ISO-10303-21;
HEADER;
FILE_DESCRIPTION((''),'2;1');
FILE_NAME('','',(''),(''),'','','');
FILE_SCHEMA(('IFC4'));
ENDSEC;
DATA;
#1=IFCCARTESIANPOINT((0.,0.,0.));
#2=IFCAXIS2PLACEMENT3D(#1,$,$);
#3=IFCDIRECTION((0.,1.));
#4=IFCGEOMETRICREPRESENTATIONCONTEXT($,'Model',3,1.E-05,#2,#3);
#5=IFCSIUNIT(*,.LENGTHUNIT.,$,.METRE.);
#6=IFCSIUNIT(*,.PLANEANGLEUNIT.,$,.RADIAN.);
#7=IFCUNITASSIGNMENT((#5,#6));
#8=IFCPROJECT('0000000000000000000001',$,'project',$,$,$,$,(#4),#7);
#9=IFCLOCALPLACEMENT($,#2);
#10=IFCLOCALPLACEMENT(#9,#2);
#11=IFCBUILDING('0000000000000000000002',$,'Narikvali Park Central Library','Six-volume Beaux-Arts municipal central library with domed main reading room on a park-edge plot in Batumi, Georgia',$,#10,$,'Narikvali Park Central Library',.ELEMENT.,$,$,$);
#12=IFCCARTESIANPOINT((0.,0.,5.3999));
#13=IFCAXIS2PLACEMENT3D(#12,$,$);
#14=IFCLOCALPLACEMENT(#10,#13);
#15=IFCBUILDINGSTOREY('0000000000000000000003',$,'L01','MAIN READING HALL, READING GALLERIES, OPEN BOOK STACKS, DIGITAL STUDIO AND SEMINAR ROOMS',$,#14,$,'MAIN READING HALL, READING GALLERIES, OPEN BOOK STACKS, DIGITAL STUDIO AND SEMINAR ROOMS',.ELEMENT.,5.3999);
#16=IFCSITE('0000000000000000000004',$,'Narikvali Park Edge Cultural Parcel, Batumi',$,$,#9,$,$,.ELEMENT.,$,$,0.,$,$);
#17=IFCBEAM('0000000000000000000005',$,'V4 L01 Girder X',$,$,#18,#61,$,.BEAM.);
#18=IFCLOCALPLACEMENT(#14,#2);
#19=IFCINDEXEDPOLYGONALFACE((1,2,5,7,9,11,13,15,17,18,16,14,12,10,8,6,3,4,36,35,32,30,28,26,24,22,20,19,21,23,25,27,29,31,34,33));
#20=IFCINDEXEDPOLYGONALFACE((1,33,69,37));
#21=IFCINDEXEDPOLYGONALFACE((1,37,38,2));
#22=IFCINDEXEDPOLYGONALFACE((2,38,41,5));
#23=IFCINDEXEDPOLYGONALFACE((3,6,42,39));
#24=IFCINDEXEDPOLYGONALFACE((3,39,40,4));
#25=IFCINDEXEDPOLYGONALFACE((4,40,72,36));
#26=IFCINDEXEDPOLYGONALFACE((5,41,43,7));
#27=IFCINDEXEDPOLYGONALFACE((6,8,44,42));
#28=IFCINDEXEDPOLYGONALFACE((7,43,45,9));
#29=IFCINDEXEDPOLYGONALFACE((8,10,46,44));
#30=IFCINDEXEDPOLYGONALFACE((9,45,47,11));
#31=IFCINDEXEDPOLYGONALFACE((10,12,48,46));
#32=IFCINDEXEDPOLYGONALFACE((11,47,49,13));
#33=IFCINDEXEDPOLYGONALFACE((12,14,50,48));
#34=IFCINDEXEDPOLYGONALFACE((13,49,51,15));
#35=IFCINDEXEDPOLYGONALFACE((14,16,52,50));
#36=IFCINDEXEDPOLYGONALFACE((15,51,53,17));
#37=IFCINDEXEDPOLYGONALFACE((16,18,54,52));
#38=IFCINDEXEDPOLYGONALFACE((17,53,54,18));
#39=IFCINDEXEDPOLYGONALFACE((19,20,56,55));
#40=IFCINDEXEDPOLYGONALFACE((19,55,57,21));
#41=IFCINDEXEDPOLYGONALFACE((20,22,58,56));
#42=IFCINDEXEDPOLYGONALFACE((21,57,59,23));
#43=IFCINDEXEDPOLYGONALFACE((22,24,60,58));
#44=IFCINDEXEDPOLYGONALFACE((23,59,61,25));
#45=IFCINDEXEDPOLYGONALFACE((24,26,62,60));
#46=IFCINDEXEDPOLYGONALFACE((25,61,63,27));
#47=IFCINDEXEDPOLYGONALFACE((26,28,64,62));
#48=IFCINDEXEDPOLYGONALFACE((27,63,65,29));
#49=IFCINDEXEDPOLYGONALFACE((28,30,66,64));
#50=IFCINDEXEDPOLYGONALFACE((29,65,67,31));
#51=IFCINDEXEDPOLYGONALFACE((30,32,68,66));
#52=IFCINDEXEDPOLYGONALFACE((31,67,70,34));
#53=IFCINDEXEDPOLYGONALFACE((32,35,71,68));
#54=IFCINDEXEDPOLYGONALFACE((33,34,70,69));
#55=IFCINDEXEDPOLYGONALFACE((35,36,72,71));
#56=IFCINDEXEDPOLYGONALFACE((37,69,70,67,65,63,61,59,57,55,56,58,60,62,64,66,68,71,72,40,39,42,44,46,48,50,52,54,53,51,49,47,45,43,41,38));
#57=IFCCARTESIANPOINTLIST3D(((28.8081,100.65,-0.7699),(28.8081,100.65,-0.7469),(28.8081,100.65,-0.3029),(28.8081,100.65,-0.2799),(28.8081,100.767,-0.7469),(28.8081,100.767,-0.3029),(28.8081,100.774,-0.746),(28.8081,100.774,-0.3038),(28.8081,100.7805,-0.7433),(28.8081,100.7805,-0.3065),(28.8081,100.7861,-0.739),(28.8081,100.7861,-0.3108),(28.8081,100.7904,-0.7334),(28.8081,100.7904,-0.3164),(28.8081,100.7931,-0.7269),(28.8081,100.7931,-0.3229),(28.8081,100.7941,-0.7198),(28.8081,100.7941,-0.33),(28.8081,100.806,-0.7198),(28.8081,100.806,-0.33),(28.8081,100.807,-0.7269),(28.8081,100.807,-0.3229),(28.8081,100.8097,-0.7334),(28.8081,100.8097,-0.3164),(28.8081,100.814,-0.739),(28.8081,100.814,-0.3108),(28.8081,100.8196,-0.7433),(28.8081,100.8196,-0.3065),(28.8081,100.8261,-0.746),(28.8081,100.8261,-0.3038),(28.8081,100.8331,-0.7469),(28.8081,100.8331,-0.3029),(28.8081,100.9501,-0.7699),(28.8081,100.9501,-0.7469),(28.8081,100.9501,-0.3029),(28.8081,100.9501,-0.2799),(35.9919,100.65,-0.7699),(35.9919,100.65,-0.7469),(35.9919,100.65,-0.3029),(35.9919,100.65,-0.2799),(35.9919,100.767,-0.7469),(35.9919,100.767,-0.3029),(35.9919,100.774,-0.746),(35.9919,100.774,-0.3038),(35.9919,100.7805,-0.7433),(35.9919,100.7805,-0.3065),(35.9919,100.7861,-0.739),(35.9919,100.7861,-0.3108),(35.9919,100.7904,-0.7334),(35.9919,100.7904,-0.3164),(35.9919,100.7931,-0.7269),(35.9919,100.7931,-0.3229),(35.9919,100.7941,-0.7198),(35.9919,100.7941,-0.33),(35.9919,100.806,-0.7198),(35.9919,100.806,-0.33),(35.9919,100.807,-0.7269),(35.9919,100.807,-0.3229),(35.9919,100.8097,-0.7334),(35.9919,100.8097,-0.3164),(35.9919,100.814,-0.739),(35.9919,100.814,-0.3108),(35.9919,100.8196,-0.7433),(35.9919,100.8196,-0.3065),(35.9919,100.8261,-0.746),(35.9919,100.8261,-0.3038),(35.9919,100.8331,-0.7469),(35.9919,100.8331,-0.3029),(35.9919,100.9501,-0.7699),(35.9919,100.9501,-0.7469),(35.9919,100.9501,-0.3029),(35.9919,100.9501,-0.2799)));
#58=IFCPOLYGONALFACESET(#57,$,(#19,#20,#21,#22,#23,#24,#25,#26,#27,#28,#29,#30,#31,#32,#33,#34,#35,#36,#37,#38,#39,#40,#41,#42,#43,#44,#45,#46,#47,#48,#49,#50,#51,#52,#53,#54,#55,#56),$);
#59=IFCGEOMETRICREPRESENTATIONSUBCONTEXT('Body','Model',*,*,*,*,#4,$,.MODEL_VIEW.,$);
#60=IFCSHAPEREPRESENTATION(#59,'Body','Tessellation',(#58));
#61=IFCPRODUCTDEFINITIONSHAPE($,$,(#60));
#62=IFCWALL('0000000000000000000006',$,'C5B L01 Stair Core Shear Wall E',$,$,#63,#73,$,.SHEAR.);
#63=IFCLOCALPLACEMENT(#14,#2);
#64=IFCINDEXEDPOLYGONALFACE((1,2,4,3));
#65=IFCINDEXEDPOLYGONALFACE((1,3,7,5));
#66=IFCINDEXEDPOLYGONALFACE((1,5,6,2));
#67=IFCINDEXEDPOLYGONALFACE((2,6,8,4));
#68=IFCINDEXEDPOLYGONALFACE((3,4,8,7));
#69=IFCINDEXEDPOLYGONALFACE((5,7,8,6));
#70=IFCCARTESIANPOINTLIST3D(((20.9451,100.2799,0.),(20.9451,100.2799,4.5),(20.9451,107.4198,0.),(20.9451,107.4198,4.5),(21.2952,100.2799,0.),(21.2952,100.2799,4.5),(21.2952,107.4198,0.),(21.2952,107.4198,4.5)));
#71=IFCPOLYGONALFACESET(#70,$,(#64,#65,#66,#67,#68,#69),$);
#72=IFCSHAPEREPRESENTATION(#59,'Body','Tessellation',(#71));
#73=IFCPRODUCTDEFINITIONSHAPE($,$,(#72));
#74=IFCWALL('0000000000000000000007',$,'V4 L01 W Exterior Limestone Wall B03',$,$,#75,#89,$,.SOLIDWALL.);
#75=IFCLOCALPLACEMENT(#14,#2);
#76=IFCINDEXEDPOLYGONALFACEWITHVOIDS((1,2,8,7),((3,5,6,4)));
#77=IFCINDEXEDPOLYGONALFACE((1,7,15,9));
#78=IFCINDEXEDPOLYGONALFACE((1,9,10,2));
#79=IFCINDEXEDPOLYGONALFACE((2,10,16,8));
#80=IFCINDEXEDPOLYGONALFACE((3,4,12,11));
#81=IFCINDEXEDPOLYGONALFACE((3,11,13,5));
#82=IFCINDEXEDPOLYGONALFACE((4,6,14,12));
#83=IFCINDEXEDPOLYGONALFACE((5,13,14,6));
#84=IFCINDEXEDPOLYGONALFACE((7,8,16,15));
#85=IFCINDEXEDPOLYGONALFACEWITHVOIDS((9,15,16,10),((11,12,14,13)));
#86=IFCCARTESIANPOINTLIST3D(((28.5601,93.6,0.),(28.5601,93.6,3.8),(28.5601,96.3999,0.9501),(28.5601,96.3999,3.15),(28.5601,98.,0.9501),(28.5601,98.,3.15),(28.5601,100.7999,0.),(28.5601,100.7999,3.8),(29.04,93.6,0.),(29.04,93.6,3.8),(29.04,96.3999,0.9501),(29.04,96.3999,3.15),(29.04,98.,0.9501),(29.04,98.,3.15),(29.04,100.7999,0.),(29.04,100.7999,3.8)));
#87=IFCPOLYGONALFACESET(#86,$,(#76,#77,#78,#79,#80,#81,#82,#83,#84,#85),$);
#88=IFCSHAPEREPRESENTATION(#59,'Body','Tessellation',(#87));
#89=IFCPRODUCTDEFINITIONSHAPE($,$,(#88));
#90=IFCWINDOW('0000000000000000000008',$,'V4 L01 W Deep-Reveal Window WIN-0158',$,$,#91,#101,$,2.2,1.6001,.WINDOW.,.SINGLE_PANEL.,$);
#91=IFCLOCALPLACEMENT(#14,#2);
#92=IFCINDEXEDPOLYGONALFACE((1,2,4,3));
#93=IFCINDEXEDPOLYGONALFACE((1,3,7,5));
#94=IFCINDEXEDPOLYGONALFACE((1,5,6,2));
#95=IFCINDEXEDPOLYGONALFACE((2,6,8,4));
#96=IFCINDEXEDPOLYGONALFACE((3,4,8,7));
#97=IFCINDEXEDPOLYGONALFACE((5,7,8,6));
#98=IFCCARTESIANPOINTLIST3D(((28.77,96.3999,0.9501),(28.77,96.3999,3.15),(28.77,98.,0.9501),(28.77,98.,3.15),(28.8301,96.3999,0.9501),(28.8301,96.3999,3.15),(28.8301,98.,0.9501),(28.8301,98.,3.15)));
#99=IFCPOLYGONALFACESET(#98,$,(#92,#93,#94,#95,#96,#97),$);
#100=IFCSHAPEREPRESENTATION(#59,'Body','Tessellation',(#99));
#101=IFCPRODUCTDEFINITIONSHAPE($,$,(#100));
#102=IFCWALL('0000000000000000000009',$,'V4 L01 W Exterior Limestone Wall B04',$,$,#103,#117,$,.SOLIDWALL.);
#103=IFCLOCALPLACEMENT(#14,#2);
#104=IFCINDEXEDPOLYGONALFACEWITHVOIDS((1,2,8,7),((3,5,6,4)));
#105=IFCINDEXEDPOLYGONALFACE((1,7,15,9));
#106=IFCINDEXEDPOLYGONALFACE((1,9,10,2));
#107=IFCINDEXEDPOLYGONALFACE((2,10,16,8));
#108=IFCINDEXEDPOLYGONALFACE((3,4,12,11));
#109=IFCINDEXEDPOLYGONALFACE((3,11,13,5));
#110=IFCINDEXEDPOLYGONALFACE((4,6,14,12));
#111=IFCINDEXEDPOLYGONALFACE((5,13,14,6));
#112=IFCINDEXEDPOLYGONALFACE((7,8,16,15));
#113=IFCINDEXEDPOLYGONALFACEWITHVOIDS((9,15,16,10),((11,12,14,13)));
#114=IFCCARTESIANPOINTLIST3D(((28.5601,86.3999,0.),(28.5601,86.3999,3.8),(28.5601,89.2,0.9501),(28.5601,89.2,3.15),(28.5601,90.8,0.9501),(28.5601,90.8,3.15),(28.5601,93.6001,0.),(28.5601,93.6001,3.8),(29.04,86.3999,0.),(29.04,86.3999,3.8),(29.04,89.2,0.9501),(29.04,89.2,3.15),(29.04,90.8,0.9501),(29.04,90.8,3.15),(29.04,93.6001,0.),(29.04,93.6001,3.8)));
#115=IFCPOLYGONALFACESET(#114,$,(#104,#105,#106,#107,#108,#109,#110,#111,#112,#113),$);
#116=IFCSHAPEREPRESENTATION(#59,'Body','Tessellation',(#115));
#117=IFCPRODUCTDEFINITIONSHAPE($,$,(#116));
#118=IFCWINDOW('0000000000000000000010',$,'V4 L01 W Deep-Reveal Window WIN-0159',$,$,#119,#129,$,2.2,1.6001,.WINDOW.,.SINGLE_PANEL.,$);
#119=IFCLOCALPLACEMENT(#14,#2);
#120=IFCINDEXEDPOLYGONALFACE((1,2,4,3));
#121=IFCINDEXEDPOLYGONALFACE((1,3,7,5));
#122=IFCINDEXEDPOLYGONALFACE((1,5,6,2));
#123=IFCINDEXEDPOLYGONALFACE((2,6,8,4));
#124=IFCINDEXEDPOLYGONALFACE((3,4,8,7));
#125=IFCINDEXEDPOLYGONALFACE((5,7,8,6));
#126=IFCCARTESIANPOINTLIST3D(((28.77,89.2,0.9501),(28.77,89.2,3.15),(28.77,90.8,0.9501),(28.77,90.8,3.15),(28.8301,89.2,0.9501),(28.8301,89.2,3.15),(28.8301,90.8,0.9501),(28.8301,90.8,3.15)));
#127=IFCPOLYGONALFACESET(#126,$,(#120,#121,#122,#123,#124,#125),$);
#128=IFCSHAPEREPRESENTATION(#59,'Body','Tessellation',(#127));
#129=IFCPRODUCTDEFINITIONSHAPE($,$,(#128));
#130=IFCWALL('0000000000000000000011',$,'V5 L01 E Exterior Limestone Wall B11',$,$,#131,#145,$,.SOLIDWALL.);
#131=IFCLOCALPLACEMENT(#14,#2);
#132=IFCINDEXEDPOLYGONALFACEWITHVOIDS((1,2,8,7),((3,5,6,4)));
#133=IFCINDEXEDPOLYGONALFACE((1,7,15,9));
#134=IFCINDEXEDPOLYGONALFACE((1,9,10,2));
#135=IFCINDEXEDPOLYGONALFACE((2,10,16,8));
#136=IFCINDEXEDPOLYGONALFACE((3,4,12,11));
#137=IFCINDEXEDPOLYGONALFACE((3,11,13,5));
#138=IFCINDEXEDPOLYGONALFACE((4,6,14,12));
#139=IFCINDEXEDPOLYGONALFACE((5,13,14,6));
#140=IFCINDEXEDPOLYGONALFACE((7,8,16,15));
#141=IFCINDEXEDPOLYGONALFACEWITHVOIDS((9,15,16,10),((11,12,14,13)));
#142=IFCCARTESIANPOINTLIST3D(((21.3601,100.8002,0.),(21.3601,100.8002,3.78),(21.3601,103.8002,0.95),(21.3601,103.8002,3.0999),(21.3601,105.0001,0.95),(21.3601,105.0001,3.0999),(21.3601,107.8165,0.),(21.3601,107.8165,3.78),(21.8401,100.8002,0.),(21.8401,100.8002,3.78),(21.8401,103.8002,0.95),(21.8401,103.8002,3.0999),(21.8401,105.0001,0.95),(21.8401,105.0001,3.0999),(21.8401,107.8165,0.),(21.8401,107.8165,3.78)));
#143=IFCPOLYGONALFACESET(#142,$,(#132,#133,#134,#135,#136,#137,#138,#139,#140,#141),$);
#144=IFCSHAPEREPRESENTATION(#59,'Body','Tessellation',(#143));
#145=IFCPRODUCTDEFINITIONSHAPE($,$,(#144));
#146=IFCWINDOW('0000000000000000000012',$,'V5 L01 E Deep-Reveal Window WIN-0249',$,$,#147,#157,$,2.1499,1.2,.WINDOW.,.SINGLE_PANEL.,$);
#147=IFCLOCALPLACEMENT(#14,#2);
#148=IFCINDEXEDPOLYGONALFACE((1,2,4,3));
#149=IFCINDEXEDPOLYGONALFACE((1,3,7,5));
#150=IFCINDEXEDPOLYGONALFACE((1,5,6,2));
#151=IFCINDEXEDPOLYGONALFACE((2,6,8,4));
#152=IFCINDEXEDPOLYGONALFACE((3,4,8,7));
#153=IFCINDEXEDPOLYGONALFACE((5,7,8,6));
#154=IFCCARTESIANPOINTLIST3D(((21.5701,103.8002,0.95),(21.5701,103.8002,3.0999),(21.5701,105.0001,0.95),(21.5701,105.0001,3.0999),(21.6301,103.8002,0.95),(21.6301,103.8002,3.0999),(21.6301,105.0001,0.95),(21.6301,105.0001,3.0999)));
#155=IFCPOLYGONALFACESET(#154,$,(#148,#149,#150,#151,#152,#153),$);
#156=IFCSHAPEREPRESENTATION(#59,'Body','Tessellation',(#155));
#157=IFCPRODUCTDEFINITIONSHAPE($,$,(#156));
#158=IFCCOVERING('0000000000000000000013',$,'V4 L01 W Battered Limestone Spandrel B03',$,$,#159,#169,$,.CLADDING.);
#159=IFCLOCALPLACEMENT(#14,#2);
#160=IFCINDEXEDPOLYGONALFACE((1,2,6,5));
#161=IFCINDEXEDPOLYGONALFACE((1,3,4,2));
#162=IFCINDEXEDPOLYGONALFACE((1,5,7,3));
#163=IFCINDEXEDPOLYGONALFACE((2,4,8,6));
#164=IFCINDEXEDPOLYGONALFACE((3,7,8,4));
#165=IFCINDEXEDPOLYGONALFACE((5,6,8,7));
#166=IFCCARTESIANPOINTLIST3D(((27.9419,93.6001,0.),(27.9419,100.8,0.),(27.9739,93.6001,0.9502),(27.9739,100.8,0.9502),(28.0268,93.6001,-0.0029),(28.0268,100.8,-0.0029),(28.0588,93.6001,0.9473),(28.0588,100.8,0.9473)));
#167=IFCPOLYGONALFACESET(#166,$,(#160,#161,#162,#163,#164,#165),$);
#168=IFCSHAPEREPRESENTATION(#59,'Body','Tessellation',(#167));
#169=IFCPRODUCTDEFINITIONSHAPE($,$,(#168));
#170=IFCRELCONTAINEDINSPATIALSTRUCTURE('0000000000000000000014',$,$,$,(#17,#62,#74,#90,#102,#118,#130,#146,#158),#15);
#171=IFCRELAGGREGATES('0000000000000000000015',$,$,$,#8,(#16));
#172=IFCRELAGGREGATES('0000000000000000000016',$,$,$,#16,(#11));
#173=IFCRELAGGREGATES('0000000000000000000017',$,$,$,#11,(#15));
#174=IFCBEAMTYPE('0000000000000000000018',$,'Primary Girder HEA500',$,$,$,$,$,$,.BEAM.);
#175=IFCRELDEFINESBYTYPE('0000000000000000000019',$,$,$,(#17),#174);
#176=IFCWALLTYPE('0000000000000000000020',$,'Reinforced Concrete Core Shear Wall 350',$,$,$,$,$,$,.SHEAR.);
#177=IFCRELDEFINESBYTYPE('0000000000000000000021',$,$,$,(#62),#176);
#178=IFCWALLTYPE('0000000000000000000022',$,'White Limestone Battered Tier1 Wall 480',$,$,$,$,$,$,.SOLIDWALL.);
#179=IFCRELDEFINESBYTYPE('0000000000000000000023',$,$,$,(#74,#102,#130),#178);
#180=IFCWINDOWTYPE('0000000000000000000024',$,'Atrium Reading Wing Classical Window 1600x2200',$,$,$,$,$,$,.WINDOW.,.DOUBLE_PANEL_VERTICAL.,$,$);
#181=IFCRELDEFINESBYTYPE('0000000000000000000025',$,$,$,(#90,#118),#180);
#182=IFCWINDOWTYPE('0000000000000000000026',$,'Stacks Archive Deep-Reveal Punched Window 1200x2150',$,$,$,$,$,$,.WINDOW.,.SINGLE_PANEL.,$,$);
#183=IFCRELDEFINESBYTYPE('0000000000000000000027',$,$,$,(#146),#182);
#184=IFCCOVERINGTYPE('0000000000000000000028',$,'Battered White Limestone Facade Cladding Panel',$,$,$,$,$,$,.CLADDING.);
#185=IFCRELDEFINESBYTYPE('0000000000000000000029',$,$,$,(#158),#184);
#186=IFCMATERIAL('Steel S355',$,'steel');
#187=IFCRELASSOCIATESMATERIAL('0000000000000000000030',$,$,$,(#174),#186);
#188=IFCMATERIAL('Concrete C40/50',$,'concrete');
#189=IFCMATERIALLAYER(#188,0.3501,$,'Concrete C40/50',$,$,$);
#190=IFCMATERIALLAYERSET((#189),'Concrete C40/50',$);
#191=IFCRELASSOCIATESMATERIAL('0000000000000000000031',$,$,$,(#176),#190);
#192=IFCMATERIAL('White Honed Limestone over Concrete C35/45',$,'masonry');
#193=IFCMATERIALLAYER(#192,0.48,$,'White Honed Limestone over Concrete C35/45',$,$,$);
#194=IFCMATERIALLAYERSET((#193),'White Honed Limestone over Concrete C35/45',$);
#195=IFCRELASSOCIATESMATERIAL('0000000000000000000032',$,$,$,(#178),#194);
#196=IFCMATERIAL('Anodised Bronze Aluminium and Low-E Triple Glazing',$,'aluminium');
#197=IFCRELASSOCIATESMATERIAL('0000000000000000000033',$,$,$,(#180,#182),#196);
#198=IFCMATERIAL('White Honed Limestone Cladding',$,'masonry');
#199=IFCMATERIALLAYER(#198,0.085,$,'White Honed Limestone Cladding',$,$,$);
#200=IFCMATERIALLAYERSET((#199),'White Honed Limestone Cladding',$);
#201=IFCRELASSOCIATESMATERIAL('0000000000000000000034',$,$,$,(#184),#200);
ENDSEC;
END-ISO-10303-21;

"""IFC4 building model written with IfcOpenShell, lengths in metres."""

from ifc_helpers import new_model, si_unit, direction, frame, frame_2d, origin, origin_2d, place, context, subcontext, project, spatial, polyline, rectangle, i_section, outline, extrude, material, layer, layer_set, material_profile, profile_set, type_object, element, fill, save


model = new_model("IFC4")

# Units and contexts
model_context = context("Model", 3, precision=1e-05, world=origin(), true_north=direction((0.0, 1.0)))
body_context = subcontext(model_context, "Body", "Model", "MODEL_VIEW")
ifc_project = project(units=[si_unit("LENGTHUNIT", "METRE"), si_unit("PLANEANGLEUNIT", "RADIAN")], contexts=[model_context])

# Site, building, storey
site_placement = place(None, origin())
site = spatial("IfcSite", under=ifc_project, at=site_placement, Name="Narikvali Park Edge Cultural Parcel, Batumi", CompositionType="ELEMENT", RefElevation=0.0)
building_placement = place(site_placement, origin())
building = spatial("IfcBuilding", under=site, at=building_placement, Name="Narikvali Park Central Library", Description="Six-volume Beaux-Arts municipal central library with domed main reading room on a park-edge plot in Batumi, Georgia", LongName="Narikvali Park Central Library", CompositionType="ELEMENT")
storey_placement = place(building_placement, frame((0.0, 0.0, 5.3999)))
storey = spatial("IfcBuildingStorey", under=building, at=storey_placement, Name="L01", Description="MAIN READING HALL, READING GALLERIES, OPEN BOOK STACKS, DIGITAL STUDIO AND SEMINAR ROOMS", LongName="MAIN READING HALL, READING GALLERIES, OPEN BOOK STACKS, DIGITAL STUDIO AND SEMINAR ROOMS", CompositionType="ELEMENT", Elevation=5.3999)

# Shared definitions
ifc_material_1 = material(Name="Steel S355", Category="steel")

# Beam
ifc_material_profile_1 = material_profile(ifc_material_1, i_section(OverallWidth=0.3, OverallDepth=0.49, WebThickness=0.012, FlangeThickness=0.0229, FilletRadius=0.0271, at=origin_2d()), Name="HEA 500")
ifc_profile_set_1 = profile_set([ifc_material_profile_1], Name="Steel S355")
beam_type_1 = type_object("IfcBeamType", Name="Primary Girder HEA500", PredefinedType="BEAM", material=ifc_profile_set_1)
for number, where, z_axis, x_axis, name in (
    (1, (28.8081, 100.8, -0.5249), (1.0, 0.0, 0.0), (0.0, 1.0, 0.0), "V4 L01 Girder X"),
):
    element("IfcBeam", number, at=place(storey_placement, frame(where, z_axis=z_axis, x_axis=x_axis)), inside=storey, type_object=beam_type_1, Name=name, PredefinedType="BEAM", context=body_context, shape_type="SweptSolid", body=[
        extrude(i_section(OverallWidth=0.3, OverallDepth=0.49, WebThickness=0.012, FlangeThickness=0.0229, FilletRadius=0.0271, at=origin_2d()), origin(), (0.0, 0.0, 1.0), 7.1838),
    ])

# Wall
ifc_material_2 = material(Name="Concrete C40/50", Category="concrete")
ifc_layer_1 = layer(ifc_material_2, 0.3501, Name="Concrete C40/50")
ifc_layer_set_1 = layer_set([ifc_layer_1], Name="Concrete C40/50")
wall_type_1 = type_object("IfcWallType", Name="Reinforced Concrete Core Shear Wall 350", PredefinedType="SHEAR", material=ifc_layer_set_1)
wall_1_placement = place(storey_placement, frame((21.1201, 100.28, 0.0), z_axis=(0.0, 0.0, 1.0), x_axis=(0.0, 1.0, 0.0)))
element("IfcWall", 2, at=wall_1_placement, inside=storey, type_object=wall_type_1, Name="C5B L01 Stair Core Shear Wall E", PredefinedType="SHEAR", context=body_context, shape_type="SweptSolid", body=[
    extrude(rectangle(XDim=7.1399, YDim=0.3501, at=frame_2d((3.5698, 0.0))), origin(), (0.0, 0.0, 1.0), 4.5),
])

# Walls, openings, windows
ifc_material_3 = material(Name="White Honed Limestone over Concrete C35/45", Category="masonry")
ifc_layer_2 = layer(ifc_material_3, 0.48, Name="White Honed Limestone over Concrete C35/45")
ifc_layer_set_2 = layer_set([ifc_layer_2], Name="White Honed Limestone over Concrete C35/45")
wall_type_2 = type_object("IfcWallType", Name="White Limestone Battered Tier1 Wall 480", PredefinedType="SOLIDWALL", material=ifc_layer_set_2)
wall_2_placement = place(storey_placement, frame((28.8, 100.8, 0.0), z_axis=(0.0, 0.0, 1.0), x_axis=(0.0, -1.0, 0.0)))
wall_2 = element("IfcWall", 3, at=wall_2_placement, inside=storey, type_object=wall_type_2, Name="V4 L01 W Exterior Limestone Wall B03", PredefinedType="SOLIDWALL", context=body_context, shape_type="SweptSolid", body=[
    extrude(rectangle(XDim=7.2, YDim=0.48, at=frame_2d((3.6001, 0.0))), origin(), (0.0, 0.0, 1.0), 3.8),
])
opening_1_placement = place(wall_2_placement, frame((2.8, 0.0, 0.95)))
opening_1 = element("IfcOpeningElement", 4, at=opening_1_placement, cuts=wall_2, PredefinedType="OPENING", context=body_context, shape_type="SweptSolid", body=[
    extrude(rectangle(XDim=1.6001, YDim=2.2, at=frame_2d((0.8, 1.1001))), frame((0.0, 0.252, 0.0), z_axis=(0.0, -1.0, 0.0), x_axis=(1.0, 0.0, 0.0)), (0.0, 0.0, 1.0), 0.5039),
])
ifc_material_4 = material(Name="Anodised Bronze Aluminium and Low-E Triple Glazing", Category="aluminium")
window_type_1 = type_object("IfcWindowType", Name="Atrium Reading Wing Classical Window 1600x2200", PartitioningType="DOUBLE_PANEL_VERTICAL", PredefinedType="WINDOW", material=ifc_material_4)
window_1_placement = place(opening_1_placement, origin())
window_1 = element("IfcWindow", 5, at=window_1_placement, inside=storey, type_object=window_type_1, Name="V4 L01 W Deep-Reveal Window WIN-0158", OverallHeight=2.2, OverallWidth=1.6001, PartitioningType="SINGLE_PANEL", PredefinedType="WINDOW", context=body_context, shape_type="SweptSolid", body=[
    extrude(rectangle(XDim=1.6001, YDim=2.2, at=frame_2d((0.8, 1.1001))), frame((0.0, 0.03, 0.0), z_axis=(0.0, -1.0, 0.0), x_axis=(1.0, 0.0, 0.0)), (0.0, 0.0, 1.0), 0.0601),
])
fill(opening_1, window_1)
wall_3_placement = place(storey_placement, frame((28.8, 93.6001, 0.0), z_axis=(0.0, 0.0, 1.0), x_axis=(0.0, -1.0, 0.0)))
wall_3 = element("IfcWall", 6, at=wall_3_placement, inside=storey, type_object=wall_type_2, Name="V4 L01 W Exterior Limestone Wall B04", PredefinedType="SOLIDWALL", context=body_context, shape_type="SweptSolid", body=[
    extrude(rectangle(XDim=7.2002, YDim=0.48, at=frame_2d((3.6001, 0.0))), origin(), (0.0, 0.0, 1.0), 3.8),
])
opening_2_placement = place(wall_3_placement, frame((2.8, 0.0, 0.95)))
opening_2 = element("IfcOpeningElement", 7, at=opening_2_placement, cuts=wall_3, PredefinedType="OPENING", context=body_context, shape_type="SweptSolid", body=[
    extrude(rectangle(XDim=1.6001, YDim=2.2, at=frame_2d((0.8, 1.1001))), frame((0.0, 0.252, 0.0), z_axis=(0.0, -1.0, 0.0), x_axis=(1.0, 0.0, 0.0)), (0.0, 0.0, 1.0), 0.5039),
])
window_2_placement = place(opening_2_placement, origin())
window_2 = element("IfcWindow", 8, at=window_2_placement, inside=storey, type_object=window_type_1, Name="V4 L01 W Deep-Reveal Window WIN-0159", OverallHeight=2.2, OverallWidth=1.6001, PartitioningType="SINGLE_PANEL", PredefinedType="WINDOW", context=body_context, shape_type="SweptSolid", body=[
    extrude(rectangle(XDim=1.6001, YDim=2.2, at=frame_2d((0.8, 1.1001))), frame((0.0, 0.03, 0.0), z_axis=(0.0, -1.0, 0.0), x_axis=(1.0, 0.0, 0.0)), (0.0, 0.0, 1.0), 0.0601),
])
fill(opening_2, window_2)
wall_4_placement = place(storey_placement, frame((21.6001, 100.8, 0.0), z_axis=(0.0, 0.0, 1.0), x_axis=(0.0, 1.0, 0.0)))
wall_4 = element("IfcWall", 9, at=wall_4_placement, inside=storey, type_object=wall_type_2, Name="V5 L01 E Exterior Limestone Wall B11", PredefinedType="SOLIDWALL", context=body_context, shape_type="SweptSolid", body=[
    extrude(rectangle(XDim=7.0164, YDim=0.48, at=frame_2d((3.5083, 0.0))), origin(), (0.0, 0.0, 1.0), 3.78),
])
opening_3_placement = place(wall_4_placement, frame((3.0, 0.0, 0.95)))
opening_3 = element("IfcOpeningElement", 10, at=opening_3_placement, cuts=wall_4, PredefinedType="OPENING", context=body_context, shape_type="SweptSolid", body=[
    extrude(rectangle(XDim=1.2, YDim=2.1499, at=frame_2d((0.6001, 1.075))), frame((0.0, 0.252, 0.0), z_axis=(0.0, -1.0, 0.0), x_axis=(1.0, 0.0, 0.0)), (0.0, 0.0, 1.0), 0.5039),
])
window_type_2 = type_object("IfcWindowType", Name="Stacks Archive Deep-Reveal Punched Window 1200x2150", PartitioningType="SINGLE_PANEL", PredefinedType="WINDOW", material=ifc_material_4)
window_3_placement = place(opening_3_placement, origin())
window_3 = element("IfcWindow", 11, at=window_3_placement, inside=storey, type_object=window_type_2, Name="V5 L01 E Deep-Reveal Window WIN-0249", OverallHeight=2.1499, OverallWidth=1.2, PartitioningType="SINGLE_PANEL", PredefinedType="WINDOW", context=body_context, shape_type="SweptSolid", body=[
    extrude(rectangle(XDim=1.2, YDim=2.1499, at=frame_2d((0.6001, 1.075))), frame((0.0, 0.03, 0.0), z_axis=(0.0, -1.0, 0.0), x_axis=(1.0, 0.0, 0.0)), (0.0, 0.0, 1.0), 0.0601),
])
fill(opening_3, window_3)

# Covering
ifc_material_5 = material(Name="White Honed Limestone Cladding", Category="masonry")
ifc_layer_3 = layer(ifc_material_5, 0.085, Name="White Honed Limestone Cladding")
ifc_layer_set_3 = layer_set([ifc_layer_3], Name="White Honed Limestone Cladding")
covering_type = type_object("IfcCoveringType", Name="Battered White Limestone Facade Cladding Panel", PredefinedType="CLADDING", material=ifc_layer_set_3)
covering_1_placement = place(storey_placement, frame((27.9419, 100.8, 0.0), z_axis=(-0.999434, 0.0, 0.03364), x_axis=(0.0, -1.0, 0.0)))
element("IfcCovering", 12, at=covering_1_placement, inside=storey, type_object=covering_type, Name="V4 L01 W Battered Limestone Spandrel B03", PredefinedType="CLADDING", context=body_context, shape_type="SweptSolid", body=[
    extrude(outline(polyline([(0.0, 0.0), (7.2, 0.0), (7.2, 0.9507), (0.0, 0.9507), (0.0, 0.0)])), origin(), (0.0, 0.0, -1.0), 0.085),
])

save(model, "model.ifc")
